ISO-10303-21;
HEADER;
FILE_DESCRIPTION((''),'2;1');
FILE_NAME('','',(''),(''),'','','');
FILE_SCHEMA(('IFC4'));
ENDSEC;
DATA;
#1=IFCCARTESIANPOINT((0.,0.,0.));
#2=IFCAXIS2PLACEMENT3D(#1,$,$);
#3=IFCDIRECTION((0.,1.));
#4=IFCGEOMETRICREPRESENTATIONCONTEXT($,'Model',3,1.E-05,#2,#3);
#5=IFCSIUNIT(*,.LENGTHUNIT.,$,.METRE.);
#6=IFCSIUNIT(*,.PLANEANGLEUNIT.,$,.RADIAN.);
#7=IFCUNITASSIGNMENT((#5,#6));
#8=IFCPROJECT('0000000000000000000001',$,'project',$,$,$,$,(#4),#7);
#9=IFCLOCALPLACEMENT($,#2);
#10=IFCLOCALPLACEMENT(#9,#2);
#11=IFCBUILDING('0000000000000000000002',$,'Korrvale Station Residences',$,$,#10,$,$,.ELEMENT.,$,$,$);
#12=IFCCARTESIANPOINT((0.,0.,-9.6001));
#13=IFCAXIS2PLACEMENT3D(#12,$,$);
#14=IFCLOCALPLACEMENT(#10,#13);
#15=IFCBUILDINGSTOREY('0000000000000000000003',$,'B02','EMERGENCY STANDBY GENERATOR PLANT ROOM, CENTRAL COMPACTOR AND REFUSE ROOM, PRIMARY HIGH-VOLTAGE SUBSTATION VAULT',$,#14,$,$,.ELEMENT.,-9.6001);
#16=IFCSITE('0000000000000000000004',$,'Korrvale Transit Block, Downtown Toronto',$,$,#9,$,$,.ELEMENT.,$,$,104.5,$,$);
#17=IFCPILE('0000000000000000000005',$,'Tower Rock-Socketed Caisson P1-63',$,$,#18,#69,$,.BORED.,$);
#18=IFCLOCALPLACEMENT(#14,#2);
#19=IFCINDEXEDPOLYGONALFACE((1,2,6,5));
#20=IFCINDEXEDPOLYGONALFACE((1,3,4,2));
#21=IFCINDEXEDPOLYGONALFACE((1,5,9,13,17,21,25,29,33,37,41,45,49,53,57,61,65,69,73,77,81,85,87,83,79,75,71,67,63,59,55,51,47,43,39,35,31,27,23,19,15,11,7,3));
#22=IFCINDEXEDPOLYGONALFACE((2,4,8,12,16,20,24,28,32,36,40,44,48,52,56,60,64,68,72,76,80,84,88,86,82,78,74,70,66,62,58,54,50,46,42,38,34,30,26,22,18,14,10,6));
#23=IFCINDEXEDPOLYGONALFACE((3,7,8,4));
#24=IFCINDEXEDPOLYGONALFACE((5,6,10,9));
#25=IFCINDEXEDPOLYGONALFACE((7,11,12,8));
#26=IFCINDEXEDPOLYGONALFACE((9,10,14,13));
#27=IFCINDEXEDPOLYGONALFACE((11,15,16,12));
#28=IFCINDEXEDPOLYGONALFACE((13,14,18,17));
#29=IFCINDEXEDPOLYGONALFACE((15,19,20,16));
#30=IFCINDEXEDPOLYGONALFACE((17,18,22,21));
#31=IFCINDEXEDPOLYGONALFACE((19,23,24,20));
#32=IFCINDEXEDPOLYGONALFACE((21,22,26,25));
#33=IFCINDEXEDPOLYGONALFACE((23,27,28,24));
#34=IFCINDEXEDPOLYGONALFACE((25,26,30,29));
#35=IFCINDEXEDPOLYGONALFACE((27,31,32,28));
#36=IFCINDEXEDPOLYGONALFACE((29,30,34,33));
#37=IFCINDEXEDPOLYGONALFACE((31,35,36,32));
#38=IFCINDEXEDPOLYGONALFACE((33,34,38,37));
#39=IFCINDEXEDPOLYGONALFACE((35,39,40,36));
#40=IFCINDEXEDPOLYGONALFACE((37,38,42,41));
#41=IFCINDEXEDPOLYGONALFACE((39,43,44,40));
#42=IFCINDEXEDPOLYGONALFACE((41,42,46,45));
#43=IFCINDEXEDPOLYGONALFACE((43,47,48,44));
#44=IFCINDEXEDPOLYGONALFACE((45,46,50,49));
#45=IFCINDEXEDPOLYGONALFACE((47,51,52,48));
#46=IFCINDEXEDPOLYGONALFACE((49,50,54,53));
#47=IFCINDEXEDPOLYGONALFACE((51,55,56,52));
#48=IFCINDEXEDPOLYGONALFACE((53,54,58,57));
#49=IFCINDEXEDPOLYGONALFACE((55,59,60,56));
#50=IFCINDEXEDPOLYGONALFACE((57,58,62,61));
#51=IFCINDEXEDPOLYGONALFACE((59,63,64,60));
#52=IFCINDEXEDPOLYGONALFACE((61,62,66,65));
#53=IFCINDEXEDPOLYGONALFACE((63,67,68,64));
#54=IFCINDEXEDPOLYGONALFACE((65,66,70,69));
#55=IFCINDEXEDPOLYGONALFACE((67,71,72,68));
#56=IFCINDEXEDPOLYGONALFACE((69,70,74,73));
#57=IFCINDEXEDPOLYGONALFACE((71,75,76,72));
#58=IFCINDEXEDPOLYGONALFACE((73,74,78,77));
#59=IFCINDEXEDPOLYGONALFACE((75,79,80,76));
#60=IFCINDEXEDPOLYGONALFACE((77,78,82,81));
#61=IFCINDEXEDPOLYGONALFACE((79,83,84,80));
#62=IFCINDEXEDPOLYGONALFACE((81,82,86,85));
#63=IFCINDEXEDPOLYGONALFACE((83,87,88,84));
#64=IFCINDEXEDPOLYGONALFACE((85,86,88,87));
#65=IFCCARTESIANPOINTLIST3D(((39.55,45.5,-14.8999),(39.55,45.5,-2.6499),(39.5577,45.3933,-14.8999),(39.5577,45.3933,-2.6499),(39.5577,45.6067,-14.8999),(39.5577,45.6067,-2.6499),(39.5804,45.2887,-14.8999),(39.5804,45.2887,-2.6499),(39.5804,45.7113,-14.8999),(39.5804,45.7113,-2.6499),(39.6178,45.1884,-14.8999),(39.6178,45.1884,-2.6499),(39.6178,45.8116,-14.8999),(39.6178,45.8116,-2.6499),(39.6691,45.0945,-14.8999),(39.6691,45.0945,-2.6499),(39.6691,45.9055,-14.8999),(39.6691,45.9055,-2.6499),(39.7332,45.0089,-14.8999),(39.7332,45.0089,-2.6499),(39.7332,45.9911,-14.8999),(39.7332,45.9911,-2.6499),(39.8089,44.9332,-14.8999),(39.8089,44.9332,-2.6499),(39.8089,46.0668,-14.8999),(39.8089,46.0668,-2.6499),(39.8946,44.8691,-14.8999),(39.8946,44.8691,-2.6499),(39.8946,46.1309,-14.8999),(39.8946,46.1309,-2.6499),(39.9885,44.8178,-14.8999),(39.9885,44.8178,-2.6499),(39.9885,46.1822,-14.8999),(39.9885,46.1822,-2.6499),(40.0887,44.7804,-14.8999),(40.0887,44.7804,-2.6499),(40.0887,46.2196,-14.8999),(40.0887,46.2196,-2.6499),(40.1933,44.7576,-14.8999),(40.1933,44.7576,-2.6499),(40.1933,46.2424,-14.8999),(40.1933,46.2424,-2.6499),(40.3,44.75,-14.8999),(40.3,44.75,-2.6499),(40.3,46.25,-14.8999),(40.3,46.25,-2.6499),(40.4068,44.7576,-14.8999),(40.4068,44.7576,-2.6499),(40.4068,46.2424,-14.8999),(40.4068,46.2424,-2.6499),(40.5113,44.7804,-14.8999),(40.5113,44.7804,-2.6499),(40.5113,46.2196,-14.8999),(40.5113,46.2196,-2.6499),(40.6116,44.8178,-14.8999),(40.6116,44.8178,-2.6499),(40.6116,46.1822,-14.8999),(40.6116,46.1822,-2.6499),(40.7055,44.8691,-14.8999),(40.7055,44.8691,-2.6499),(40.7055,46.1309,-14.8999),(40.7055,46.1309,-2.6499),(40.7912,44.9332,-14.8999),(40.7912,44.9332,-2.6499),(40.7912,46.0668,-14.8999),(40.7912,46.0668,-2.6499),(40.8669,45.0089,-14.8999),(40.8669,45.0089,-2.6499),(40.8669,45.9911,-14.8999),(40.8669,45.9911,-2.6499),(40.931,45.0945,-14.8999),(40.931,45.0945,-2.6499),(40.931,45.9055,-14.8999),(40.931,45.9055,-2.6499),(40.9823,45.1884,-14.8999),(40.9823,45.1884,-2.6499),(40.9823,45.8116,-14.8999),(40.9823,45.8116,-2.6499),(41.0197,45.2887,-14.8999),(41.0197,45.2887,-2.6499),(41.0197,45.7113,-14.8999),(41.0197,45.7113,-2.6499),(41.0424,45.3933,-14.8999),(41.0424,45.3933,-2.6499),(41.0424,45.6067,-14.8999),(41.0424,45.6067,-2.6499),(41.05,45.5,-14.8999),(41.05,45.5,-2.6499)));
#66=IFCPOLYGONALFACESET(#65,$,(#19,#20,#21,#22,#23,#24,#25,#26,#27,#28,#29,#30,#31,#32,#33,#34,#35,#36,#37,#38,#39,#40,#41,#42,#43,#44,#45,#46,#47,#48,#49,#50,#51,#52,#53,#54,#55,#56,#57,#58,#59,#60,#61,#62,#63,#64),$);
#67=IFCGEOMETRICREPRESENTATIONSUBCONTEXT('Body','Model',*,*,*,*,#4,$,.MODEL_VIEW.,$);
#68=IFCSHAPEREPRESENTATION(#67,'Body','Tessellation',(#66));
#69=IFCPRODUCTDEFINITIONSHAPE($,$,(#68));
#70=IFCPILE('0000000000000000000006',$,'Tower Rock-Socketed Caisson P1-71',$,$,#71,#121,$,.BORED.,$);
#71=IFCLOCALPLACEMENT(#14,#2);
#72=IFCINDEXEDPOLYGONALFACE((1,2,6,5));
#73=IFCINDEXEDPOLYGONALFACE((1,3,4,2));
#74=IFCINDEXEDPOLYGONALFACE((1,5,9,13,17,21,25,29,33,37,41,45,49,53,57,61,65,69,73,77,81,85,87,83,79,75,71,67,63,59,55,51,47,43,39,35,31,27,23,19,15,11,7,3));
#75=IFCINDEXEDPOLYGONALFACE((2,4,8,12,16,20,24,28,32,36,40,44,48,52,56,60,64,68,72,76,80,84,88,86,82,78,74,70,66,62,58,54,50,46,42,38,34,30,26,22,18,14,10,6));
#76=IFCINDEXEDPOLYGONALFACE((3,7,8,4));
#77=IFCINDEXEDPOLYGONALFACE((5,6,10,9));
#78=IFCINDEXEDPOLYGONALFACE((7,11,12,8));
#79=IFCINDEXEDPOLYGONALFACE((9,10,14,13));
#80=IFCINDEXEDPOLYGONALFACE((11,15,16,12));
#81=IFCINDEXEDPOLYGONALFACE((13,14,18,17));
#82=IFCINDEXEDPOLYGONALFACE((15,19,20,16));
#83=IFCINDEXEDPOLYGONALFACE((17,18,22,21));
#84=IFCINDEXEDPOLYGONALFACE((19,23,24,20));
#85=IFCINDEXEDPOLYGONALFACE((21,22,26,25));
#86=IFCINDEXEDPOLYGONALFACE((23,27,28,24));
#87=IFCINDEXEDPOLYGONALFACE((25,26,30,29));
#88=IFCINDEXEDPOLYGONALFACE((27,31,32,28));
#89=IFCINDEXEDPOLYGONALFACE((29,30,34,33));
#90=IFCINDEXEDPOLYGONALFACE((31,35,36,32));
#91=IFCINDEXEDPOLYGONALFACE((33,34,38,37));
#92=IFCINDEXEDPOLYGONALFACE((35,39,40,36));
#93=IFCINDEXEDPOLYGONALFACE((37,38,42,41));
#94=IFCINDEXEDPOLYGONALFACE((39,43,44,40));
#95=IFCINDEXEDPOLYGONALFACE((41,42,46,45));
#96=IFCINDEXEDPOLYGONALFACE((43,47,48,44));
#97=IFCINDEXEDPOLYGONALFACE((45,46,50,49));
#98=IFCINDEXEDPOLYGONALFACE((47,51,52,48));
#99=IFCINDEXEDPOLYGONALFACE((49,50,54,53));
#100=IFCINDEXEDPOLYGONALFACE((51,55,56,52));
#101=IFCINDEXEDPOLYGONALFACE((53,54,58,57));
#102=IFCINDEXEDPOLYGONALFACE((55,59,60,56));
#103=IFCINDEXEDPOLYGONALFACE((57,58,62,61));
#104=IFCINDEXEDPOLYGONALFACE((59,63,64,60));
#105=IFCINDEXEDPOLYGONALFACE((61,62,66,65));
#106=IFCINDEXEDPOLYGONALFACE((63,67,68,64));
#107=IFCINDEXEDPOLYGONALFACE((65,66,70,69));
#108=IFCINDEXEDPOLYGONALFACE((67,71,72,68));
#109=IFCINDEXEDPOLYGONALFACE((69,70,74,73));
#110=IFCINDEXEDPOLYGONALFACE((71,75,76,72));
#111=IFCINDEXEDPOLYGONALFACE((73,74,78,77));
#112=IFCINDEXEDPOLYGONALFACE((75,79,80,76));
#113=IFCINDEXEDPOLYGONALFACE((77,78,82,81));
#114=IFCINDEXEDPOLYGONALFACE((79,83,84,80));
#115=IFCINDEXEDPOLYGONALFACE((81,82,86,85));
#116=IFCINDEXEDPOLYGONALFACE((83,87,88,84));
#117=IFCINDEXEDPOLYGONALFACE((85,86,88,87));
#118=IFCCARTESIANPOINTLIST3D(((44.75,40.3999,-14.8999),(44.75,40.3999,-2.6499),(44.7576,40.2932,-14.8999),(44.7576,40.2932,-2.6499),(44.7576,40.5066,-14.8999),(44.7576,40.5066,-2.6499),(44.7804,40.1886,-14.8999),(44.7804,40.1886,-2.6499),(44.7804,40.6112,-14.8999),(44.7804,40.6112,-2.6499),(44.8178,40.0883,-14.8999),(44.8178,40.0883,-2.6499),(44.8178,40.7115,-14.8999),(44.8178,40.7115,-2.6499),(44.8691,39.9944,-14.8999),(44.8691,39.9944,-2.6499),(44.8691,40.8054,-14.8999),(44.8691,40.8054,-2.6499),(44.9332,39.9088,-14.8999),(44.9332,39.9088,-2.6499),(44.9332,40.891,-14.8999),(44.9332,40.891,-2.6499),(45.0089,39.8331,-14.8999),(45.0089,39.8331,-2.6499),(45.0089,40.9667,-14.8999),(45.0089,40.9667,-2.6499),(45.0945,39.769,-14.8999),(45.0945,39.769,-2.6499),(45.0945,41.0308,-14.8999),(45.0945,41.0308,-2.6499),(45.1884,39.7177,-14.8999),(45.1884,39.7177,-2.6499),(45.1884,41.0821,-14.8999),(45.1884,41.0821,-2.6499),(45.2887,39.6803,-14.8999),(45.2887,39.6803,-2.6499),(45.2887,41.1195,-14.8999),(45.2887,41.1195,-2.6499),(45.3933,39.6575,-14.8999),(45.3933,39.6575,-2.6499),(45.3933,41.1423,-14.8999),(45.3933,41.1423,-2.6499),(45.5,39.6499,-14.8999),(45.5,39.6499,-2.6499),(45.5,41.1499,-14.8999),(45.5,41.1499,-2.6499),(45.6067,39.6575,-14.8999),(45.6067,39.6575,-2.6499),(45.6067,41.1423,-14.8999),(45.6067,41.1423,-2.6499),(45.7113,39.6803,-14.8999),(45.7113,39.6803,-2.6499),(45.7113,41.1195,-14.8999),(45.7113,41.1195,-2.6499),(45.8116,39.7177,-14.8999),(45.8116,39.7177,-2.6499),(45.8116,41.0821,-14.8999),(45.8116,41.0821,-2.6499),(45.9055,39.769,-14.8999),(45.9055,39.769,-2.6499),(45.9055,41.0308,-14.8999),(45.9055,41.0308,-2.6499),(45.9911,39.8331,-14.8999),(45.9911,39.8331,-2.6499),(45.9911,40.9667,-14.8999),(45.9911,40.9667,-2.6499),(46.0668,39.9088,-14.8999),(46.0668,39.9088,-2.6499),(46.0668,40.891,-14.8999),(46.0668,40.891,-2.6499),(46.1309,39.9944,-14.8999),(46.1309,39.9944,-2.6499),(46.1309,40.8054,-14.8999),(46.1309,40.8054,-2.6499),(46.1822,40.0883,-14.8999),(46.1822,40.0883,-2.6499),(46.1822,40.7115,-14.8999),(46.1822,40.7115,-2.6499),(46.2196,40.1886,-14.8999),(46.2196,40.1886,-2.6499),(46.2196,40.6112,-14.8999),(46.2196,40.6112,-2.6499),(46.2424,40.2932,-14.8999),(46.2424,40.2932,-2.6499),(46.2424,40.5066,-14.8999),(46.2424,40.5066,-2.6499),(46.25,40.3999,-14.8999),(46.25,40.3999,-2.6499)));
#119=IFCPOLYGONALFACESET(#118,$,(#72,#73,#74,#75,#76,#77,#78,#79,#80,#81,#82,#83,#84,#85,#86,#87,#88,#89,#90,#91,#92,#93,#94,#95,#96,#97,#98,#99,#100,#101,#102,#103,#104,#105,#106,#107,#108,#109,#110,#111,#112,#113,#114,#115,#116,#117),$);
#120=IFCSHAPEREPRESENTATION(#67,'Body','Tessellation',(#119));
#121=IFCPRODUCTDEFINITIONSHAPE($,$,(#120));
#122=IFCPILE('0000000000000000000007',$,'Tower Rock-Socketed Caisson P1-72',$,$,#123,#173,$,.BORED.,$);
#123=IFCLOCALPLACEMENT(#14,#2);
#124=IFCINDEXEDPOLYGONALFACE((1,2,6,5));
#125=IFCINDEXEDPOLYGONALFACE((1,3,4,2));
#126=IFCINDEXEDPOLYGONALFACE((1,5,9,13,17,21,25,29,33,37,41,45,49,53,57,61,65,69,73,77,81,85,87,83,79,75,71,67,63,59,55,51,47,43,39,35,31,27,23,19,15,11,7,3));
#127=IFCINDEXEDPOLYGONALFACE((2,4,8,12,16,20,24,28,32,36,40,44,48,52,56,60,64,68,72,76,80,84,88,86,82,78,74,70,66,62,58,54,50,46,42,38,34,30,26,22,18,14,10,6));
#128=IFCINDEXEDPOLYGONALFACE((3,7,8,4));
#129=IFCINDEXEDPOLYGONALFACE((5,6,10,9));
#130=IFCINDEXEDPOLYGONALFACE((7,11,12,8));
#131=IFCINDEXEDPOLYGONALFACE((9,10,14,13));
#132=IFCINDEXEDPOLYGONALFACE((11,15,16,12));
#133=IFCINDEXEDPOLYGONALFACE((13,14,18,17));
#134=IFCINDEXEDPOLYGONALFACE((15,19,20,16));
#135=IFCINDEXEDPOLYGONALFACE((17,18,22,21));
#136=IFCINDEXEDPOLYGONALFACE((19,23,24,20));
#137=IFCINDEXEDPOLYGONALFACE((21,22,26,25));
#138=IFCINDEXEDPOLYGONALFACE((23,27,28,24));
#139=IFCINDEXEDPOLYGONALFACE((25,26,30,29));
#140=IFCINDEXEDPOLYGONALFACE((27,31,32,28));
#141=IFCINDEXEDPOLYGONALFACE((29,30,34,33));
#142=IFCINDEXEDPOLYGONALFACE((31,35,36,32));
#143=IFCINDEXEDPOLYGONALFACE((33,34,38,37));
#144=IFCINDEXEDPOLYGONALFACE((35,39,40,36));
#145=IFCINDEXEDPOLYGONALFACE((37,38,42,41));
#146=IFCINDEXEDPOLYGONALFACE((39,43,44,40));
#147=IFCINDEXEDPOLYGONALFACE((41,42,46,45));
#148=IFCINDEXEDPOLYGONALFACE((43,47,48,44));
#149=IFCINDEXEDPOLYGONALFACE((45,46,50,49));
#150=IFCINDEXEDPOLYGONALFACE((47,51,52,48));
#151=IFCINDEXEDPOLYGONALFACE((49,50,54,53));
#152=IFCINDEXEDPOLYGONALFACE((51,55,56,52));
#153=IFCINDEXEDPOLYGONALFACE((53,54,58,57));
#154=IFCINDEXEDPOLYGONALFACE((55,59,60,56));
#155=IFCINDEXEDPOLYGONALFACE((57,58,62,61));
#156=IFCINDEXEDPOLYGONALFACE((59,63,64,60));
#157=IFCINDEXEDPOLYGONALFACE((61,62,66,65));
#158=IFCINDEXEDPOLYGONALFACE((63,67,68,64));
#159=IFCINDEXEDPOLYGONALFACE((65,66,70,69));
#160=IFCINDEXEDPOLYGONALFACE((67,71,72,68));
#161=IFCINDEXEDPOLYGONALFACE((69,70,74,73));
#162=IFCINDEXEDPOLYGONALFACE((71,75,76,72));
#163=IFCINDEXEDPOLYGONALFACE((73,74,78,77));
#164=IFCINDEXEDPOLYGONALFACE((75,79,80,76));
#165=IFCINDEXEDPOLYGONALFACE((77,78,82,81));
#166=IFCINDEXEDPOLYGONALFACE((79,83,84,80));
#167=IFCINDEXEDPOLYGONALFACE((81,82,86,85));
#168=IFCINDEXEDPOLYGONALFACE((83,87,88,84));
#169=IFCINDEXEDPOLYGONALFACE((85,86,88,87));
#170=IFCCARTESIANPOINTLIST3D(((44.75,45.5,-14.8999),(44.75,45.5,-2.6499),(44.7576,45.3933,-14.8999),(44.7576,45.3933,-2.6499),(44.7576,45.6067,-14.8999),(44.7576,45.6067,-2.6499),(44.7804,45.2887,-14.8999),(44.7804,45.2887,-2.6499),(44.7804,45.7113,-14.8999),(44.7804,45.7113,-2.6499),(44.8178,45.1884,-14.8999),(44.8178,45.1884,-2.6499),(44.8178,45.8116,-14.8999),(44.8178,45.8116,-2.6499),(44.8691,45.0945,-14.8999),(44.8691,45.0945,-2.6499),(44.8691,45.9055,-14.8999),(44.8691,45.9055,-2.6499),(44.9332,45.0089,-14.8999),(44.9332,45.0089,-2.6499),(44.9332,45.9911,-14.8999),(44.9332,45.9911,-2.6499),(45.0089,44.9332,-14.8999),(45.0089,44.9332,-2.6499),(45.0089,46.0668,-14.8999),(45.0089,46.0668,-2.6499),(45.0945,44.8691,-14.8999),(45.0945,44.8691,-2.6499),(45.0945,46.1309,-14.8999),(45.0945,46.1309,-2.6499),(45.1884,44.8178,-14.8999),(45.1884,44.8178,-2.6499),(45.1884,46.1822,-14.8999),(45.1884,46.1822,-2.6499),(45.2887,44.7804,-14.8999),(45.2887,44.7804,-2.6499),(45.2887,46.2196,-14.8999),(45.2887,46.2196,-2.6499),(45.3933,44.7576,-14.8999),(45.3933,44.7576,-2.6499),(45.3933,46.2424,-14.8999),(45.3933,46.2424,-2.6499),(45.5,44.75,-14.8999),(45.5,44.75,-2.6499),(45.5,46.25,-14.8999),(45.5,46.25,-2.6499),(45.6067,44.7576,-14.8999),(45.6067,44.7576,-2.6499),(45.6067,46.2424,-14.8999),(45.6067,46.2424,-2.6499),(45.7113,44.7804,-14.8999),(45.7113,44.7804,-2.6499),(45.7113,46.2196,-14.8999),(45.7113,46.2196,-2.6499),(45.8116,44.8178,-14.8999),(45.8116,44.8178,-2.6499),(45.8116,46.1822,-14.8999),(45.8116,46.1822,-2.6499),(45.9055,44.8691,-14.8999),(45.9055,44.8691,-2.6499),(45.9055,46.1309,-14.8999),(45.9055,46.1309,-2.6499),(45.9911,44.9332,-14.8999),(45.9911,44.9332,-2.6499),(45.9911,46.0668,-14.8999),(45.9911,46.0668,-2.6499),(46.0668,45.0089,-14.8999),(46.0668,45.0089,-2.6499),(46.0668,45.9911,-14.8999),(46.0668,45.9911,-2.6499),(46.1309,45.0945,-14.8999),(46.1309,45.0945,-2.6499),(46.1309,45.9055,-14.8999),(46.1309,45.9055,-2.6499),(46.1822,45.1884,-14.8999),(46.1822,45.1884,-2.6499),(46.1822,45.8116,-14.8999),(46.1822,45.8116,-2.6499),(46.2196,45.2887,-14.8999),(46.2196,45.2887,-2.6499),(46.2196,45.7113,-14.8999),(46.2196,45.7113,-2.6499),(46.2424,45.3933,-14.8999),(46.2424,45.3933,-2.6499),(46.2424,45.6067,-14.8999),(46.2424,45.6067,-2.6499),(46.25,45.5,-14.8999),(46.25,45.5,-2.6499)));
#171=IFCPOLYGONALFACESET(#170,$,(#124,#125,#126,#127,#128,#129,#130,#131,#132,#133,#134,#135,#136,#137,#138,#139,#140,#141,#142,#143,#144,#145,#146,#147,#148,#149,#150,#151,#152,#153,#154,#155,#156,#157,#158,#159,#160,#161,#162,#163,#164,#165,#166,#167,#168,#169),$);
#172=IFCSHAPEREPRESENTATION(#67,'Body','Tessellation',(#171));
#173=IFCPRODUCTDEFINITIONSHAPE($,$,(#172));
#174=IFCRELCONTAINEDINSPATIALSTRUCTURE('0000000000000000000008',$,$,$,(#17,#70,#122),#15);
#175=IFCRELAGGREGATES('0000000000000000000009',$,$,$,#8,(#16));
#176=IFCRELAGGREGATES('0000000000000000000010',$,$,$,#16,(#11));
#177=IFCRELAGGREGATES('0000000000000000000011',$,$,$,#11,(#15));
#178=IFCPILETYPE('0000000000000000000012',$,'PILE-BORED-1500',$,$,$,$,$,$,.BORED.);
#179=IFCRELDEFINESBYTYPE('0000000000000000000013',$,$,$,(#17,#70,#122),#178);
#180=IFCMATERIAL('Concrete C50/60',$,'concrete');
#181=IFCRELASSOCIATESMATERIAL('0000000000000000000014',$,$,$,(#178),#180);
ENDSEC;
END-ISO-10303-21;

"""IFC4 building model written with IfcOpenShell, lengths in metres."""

from ifc_helpers import new_model, si_unit, direction, frame, origin, origin_2d, place, context, subcontext, project, spatial, circle, extrude, material, material_profile, profile_set, type_object, element, save


model = new_model("IFC4")

# Units and contexts
model_context = context("Model", 3, precision=1e-05, world=origin(), true_north=direction((0.0, 1.0)))
body_context = subcontext(model_context, "Body", "Model", "MODEL_VIEW")
ifc_project = project(units=[si_unit("LENGTHUNIT", "METRE"), si_unit("PLANEANGLEUNIT", "RADIAN")], contexts=[model_context])

# Site, building, storey
site_placement = place(None, origin())
site = spatial("IfcSite", under=ifc_project, at=site_placement, Name="Korrvale Transit Block, Downtown Toronto", CompositionType="ELEMENT", RefElevation=104.5)
building_placement = place(site_placement, origin())
building = spatial("IfcBuilding", under=site, at=building_placement, Name="Korrvale Station Residences", CompositionType="ELEMENT")
storey_placement = place(building_placement, frame((0.0, 0.0, -9.6001)))
storey = spatial("IfcBuildingStorey", under=building, at=storey_placement, Name="B02", Description="EMERGENCY STANDBY GENERATOR PLANT ROOM, CENTRAL COMPACTOR AND REFUSE ROOM, PRIMARY HIGH-VOLTAGE SUBSTATION VAULT", CompositionType="ELEMENT", Elevation=-9.6001)

# Piles
ifc_material_1 = material(Name="Concrete C50/60", Category="concrete")
ifc_material_profile_1 = material_profile(ifc_material_1, circle(Radius=0.75, at=origin_2d()), Name="PILE1500")
ifc_profile_set_1 = profile_set([ifc_material_profile_1], Name="Concrete C50/60")
pile_type_1 = type_object("IfcPileType", Name="PILE-BORED-1500", PredefinedType="BORED", material=ifc_profile_set_1)
for number, where, z_axis, x_axis, name in (
    (1, (40.3, 45.5, -2.6499), (0.0, 0.0, -1.0), (1.0, 0.0, 0.0), "Tower Rock-Socketed Caisson P1-63"),
    (2, (45.5, 40.3999, -2.6499), (0.0, 0.0, -1.0), (1.0, 0.0, 0.0), "Tower Rock-Socketed Caisson P1-71"),
    (3, (45.5, 45.5, -2.6499), (0.0, 0.0, -1.0), (1.0, 0.0, 0.0), "Tower Rock-Socketed Caisson P1-72"),
):
    element("IfcPile", number, at=place(storey_placement, frame(where, z_axis=z_axis, x_axis=x_axis)), inside=storey, type_object=pile_type_1, Name=name, PredefinedType="BORED", context=body_context, shape_type="SweptSolid", body=[
        extrude(circle(Radius=0.75, at=origin_2d()), origin(), (0.0, 0.0, 1.0), 12.25),
    ])

save(model, "model.ifc")
